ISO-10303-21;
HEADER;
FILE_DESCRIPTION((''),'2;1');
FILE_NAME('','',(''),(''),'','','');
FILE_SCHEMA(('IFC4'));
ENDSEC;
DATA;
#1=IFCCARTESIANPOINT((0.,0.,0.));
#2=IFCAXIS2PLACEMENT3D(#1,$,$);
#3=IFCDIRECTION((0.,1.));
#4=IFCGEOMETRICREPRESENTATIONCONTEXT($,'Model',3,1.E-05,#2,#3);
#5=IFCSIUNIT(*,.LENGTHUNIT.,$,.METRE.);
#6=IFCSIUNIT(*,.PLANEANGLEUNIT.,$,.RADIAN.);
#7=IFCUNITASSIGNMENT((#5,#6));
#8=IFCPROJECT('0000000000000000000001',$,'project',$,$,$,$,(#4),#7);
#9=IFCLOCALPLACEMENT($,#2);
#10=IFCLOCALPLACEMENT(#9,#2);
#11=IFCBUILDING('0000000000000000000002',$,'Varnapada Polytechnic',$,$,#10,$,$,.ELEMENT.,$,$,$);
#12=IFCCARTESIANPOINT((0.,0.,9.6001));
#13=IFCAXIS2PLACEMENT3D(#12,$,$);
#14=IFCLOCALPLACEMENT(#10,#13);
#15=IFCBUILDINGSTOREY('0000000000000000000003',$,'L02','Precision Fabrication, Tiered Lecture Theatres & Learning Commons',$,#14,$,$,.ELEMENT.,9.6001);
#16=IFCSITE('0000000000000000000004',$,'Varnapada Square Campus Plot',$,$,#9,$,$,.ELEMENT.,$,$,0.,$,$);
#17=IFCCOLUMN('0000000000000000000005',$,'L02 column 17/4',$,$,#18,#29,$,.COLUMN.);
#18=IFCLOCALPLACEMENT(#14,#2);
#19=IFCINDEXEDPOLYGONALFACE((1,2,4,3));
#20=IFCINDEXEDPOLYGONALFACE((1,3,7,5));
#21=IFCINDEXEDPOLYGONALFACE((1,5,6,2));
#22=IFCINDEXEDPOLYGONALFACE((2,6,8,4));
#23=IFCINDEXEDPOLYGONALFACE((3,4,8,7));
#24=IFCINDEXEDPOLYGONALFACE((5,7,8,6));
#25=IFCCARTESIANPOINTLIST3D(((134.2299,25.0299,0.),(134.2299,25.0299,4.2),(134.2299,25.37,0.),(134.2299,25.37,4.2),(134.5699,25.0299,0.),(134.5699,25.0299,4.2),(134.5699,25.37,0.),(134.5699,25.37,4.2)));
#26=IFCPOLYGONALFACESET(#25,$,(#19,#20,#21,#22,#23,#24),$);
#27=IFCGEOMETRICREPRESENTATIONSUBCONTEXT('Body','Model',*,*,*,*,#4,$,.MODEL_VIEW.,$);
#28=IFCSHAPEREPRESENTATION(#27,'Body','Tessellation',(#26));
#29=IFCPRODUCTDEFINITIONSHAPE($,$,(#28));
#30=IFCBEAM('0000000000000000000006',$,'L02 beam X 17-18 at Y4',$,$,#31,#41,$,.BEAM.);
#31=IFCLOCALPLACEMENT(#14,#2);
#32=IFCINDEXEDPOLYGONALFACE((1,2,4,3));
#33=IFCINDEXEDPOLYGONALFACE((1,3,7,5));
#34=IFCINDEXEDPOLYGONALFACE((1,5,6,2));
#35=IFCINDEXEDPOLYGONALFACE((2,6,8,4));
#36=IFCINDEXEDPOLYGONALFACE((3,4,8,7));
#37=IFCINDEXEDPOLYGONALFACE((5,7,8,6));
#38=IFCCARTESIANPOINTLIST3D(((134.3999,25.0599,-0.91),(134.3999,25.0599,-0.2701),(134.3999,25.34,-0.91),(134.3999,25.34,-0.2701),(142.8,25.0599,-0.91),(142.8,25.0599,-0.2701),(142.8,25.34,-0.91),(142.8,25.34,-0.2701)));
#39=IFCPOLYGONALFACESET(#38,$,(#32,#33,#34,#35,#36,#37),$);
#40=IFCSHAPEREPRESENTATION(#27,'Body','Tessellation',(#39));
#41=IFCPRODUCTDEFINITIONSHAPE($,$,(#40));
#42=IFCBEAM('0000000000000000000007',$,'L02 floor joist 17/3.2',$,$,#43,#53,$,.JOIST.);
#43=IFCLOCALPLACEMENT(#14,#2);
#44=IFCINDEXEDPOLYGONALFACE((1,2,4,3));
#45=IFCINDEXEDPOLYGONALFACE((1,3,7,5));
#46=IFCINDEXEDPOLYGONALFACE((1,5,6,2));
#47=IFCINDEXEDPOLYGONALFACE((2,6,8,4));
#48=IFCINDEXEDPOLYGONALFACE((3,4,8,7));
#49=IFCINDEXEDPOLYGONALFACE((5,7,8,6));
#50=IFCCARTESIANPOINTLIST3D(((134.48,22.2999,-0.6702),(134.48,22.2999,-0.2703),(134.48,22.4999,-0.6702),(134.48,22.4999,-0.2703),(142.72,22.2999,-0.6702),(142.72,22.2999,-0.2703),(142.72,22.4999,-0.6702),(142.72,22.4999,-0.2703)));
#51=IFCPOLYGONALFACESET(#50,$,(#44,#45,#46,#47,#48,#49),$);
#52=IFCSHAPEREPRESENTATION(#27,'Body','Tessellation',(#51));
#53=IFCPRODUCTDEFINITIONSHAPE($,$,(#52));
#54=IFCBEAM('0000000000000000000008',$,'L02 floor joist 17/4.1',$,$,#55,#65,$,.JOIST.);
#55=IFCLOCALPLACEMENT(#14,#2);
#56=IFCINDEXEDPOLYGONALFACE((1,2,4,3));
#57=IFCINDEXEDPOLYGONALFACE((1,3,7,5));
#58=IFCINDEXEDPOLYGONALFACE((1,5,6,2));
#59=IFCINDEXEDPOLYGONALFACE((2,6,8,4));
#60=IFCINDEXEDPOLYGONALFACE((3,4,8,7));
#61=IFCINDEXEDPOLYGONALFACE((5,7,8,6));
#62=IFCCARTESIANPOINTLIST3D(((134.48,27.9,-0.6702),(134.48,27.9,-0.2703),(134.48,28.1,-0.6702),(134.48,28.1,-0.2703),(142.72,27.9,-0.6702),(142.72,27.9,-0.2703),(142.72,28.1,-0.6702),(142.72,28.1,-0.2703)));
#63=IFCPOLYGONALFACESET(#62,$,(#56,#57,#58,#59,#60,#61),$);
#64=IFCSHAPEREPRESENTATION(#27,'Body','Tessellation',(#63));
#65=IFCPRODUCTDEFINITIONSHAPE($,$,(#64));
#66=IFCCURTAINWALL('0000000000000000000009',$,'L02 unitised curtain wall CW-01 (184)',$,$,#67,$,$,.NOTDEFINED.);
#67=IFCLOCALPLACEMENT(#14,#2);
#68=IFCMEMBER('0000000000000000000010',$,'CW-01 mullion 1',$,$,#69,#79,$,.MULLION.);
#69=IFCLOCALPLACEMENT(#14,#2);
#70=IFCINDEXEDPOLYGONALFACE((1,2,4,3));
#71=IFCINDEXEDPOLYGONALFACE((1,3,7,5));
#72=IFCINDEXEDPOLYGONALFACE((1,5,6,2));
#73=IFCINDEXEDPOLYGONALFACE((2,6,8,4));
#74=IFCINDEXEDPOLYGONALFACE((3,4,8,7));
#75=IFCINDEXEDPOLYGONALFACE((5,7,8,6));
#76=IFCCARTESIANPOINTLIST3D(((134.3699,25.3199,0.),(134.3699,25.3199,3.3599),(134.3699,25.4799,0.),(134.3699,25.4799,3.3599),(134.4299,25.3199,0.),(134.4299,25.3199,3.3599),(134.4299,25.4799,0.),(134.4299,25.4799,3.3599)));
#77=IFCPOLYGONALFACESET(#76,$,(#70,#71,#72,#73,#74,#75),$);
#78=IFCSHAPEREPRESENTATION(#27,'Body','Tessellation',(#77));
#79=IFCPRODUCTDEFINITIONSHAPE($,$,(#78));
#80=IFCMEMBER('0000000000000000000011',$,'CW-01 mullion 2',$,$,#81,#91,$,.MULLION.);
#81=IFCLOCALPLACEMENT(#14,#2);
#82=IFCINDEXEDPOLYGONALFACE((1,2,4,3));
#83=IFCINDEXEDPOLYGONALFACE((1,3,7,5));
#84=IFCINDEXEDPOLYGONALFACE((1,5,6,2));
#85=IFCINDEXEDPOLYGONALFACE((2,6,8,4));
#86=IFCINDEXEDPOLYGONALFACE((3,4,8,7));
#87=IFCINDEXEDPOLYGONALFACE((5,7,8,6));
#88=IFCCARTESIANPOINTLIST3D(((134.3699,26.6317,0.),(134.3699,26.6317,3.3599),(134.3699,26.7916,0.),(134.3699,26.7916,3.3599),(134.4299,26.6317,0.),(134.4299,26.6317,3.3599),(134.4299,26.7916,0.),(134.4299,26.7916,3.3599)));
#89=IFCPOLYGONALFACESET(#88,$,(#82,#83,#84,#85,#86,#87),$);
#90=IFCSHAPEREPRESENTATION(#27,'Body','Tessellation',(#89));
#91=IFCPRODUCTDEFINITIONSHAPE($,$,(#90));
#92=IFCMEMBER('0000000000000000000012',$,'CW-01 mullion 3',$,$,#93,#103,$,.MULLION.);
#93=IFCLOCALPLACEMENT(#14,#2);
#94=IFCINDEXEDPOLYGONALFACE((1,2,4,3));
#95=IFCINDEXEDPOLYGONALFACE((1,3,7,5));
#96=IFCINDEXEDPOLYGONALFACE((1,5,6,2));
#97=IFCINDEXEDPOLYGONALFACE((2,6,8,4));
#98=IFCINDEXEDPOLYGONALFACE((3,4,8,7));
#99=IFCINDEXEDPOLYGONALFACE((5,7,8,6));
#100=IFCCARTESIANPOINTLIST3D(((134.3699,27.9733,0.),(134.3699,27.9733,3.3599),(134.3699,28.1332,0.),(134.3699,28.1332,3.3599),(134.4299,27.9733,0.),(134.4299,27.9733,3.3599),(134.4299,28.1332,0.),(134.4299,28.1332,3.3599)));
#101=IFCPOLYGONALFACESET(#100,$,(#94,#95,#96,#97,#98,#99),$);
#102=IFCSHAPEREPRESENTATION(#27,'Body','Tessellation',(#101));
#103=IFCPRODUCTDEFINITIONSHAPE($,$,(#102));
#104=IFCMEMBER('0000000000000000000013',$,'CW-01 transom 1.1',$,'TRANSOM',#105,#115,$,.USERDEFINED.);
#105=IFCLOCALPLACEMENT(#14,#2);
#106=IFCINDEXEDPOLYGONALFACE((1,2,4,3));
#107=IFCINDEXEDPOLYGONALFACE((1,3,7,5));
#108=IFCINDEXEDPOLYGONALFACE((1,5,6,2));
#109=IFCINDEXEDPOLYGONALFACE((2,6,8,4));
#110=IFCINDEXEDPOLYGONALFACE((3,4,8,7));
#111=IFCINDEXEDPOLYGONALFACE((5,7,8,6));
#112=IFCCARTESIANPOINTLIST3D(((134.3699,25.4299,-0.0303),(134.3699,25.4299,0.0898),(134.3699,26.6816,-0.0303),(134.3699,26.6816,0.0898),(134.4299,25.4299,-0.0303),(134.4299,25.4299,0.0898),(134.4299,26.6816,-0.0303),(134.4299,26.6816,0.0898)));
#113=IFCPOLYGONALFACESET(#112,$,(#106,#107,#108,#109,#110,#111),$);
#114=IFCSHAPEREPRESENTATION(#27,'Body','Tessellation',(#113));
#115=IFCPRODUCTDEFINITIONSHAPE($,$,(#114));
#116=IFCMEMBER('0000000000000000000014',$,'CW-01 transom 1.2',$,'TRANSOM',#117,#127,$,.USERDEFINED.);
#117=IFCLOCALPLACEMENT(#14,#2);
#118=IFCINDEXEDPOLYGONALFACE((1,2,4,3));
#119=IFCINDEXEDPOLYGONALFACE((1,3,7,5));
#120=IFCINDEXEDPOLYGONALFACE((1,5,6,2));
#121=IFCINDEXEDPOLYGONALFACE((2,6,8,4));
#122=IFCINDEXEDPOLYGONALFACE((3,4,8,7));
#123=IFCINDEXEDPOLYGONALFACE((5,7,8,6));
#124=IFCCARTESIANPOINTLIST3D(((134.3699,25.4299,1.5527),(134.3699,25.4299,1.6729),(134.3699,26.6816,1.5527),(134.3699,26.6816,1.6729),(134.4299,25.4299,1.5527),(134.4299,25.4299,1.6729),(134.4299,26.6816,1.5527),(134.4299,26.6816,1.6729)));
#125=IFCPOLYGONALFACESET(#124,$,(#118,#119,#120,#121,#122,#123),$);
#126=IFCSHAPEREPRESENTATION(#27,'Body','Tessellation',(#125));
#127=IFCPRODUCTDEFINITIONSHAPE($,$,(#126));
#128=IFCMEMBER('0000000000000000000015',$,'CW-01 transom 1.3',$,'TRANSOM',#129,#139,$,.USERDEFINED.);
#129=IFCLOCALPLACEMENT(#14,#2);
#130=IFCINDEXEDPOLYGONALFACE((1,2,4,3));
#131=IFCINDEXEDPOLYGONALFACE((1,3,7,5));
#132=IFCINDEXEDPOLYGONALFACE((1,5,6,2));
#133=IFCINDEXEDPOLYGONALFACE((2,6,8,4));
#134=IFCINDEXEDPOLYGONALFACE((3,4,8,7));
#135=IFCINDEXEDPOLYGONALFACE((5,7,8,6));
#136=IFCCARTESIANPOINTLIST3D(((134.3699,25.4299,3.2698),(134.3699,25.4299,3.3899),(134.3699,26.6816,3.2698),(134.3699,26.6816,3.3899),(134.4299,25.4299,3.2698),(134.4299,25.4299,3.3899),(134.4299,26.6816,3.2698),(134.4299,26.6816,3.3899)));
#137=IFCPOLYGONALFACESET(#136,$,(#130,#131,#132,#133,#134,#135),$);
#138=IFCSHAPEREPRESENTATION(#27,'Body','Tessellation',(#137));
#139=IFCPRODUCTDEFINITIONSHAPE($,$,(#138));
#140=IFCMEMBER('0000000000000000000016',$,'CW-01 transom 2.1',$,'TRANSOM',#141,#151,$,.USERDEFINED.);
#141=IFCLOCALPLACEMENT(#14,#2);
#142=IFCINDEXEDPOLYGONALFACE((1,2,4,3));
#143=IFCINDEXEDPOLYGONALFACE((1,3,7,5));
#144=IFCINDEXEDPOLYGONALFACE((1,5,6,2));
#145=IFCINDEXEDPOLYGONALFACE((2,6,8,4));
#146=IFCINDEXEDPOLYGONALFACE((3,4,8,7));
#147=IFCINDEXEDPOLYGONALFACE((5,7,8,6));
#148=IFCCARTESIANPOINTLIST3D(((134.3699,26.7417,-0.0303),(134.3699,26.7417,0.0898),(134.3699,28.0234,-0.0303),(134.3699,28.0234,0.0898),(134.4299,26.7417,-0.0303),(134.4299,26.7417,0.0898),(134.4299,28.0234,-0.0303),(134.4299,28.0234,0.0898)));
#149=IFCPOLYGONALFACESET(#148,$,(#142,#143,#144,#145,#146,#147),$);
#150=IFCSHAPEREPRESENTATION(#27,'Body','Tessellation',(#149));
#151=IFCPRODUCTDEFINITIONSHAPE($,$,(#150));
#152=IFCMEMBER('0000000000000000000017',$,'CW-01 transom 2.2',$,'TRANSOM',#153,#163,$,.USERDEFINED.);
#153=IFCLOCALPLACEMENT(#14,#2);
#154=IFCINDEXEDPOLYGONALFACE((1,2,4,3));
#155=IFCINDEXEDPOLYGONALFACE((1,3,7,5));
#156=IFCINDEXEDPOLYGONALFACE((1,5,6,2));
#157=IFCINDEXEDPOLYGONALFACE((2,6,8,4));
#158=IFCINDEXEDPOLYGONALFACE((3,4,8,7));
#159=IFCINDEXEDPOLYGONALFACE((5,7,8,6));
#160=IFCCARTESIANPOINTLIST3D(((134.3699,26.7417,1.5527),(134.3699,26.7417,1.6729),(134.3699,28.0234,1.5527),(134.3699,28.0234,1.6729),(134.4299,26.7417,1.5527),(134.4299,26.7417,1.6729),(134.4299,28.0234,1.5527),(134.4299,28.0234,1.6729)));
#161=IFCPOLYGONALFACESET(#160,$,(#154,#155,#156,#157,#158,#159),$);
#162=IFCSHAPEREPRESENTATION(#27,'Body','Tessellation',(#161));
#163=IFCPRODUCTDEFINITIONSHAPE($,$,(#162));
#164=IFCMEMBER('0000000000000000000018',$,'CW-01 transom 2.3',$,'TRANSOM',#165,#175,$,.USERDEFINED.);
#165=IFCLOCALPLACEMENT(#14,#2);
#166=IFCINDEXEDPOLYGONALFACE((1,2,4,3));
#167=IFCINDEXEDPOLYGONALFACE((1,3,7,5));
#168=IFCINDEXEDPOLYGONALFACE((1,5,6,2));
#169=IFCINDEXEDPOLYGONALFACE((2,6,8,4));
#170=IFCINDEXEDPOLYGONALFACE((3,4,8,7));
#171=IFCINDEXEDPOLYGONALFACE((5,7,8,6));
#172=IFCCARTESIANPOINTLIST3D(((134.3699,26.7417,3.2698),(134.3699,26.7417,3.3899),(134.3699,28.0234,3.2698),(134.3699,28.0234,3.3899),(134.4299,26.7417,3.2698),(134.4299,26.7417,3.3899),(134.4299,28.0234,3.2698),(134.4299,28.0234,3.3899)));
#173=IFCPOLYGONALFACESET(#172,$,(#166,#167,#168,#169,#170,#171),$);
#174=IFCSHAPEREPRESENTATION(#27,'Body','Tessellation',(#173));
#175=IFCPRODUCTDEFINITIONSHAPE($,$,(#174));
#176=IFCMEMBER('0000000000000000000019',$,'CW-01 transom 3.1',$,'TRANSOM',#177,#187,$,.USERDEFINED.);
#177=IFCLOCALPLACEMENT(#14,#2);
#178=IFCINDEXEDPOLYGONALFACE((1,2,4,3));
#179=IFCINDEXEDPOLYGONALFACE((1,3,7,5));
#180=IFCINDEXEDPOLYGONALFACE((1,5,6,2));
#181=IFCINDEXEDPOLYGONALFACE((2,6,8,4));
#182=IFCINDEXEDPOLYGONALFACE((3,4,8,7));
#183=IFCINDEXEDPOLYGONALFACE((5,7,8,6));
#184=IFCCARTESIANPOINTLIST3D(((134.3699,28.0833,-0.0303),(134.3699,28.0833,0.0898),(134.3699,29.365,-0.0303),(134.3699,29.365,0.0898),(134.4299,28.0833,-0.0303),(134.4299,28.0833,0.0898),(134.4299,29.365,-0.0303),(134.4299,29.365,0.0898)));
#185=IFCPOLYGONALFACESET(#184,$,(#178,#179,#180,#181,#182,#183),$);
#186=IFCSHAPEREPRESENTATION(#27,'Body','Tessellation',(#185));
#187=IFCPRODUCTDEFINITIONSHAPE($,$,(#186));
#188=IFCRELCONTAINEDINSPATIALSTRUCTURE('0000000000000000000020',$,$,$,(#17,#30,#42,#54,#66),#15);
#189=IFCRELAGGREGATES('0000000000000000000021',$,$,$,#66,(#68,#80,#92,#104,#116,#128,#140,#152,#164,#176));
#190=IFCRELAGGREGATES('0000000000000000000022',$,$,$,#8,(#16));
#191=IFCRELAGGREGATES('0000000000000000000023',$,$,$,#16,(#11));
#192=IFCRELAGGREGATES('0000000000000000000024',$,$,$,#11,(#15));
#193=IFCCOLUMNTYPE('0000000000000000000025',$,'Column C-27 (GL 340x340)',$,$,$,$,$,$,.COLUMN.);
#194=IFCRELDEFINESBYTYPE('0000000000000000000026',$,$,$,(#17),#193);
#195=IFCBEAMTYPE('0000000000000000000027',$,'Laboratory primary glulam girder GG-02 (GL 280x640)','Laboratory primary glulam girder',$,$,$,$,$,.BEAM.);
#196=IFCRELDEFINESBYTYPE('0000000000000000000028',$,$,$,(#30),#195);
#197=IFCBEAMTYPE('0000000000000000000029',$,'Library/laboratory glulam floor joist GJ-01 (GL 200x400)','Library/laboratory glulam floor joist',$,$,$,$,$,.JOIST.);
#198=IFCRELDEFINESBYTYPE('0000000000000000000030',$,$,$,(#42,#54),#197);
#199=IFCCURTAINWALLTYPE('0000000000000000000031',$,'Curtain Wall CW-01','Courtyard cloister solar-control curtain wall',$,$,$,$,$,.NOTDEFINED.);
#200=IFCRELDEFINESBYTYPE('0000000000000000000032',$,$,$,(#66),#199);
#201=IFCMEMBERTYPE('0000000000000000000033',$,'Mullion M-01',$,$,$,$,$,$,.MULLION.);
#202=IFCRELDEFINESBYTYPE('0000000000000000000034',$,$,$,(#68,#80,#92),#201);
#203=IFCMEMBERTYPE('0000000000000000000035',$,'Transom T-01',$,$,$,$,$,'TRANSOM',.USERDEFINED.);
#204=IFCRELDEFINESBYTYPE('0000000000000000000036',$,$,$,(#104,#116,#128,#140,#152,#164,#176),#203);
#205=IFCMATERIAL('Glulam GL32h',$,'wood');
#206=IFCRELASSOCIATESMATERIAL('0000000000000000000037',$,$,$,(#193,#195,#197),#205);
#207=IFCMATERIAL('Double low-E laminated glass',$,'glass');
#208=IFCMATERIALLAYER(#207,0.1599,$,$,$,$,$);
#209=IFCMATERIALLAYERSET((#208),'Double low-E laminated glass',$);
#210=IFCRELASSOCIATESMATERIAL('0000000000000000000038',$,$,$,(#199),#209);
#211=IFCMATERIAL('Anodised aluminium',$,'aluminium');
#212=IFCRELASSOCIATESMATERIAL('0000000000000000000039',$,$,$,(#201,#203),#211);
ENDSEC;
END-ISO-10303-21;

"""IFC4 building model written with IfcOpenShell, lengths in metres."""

from ifc_helpers import new_model, si_unit, direction, frame, origin, origin_2d, place, context, subcontext, project, spatial, rectangle, extrude, material, layer, layer_set, material_profile, profile_set, type_object, element, aggregate, save


model = new_model("IFC4")

# Units and contexts
model_context = context("Model", 3, precision=1e-05, world=origin(), true_north=direction((0.0, 1.0)))
body_context = subcontext(model_context, "Body", "Model", "MODEL_VIEW")
ifc_project = project(units=[si_unit("LENGTHUNIT", "METRE"), si_unit("PLANEANGLEUNIT", "RADIAN")], contexts=[model_context])

# Site, building, storey
site_placement = place(None, origin())
site = spatial("IfcSite", under=ifc_project, at=site_placement, Name="Varnapada Square Campus Plot", CompositionType="ELEMENT", RefElevation=0.0)
building_placement = place(site_placement, origin())
building = spatial("IfcBuilding", under=site, at=building_placement, Name="Varnapada Polytechnic", CompositionType="ELEMENT")
storey_placement = place(building_placement, frame((0.0, 0.0, 9.6001)))
storey = spatial("IfcBuildingStorey", under=building, at=storey_placement, Name="L02", Description="Precision Fabrication, Tiered Lecture Theatres & Learning Commons", CompositionType="ELEMENT", Elevation=9.6001)

# Column
ifc_material_1 = material(Name="Glulam GL32h", Category="wood")
ifc_material_profile_1 = material_profile(ifc_material_1, rectangle(XDim=0.3401, YDim=0.3401, at=origin_2d()), Name="GL 340x340")
ifc_profile_set_1 = profile_set([ifc_material_profile_1], Name="Glulam GL32h")
column_type = type_object("IfcColumnType", Name="Column C-27 (GL 340x340)", PredefinedType="COLUMN", material=ifc_profile_set_1)
column_placement = place(storey_placement, frame((134.3999, 25.2, 0.0), z_axis=(0.0, 0.0, 1.0), x_axis=(1.0, 0.0, 0.0)))
element("IfcColumn", 1, at=column_placement, inside=storey, type_object=column_type, Name="L02 column 17/4", PredefinedType="COLUMN", context=body_context, shape_type="SweptSolid", body=[
    extrude(rectangle(XDim=0.3401, YDim=0.3401, at=origin_2d()), origin(), (0.0, 0.0, 1.0), 4.2),
])

# Beams
ifc_material_profile_2 = material_profile(ifc_material_1, rectangle(XDim=0.28, YDim=0.6399, at=origin_2d()), Name="GL 280x640")
ifc_profile_set_2 = profile_set([ifc_material_profile_2], Name="Glulam GL32h")
beam_type_1 = type_object("IfcBeamType", Name="Laboratory primary glulam girder GG-02 (GL 280x640)", Description="Laboratory primary glulam girder", PredefinedType="BEAM", material=ifc_profile_set_2)
beam_1_placement = place(storey_placement, frame((134.3999, 25.2, -0.5901), z_axis=(1.0, 0.0, 0.0), x_axis=(0.0, 1.0, 0.0)))
element("IfcBeam", 2, at=beam_1_placement, inside=storey, type_object=beam_type_1, Name="L02 beam X 17-18 at Y4", PredefinedType="BEAM", context=body_context, shape_type="SweptSolid", body=[
    extrude(rectangle(XDim=0.28, YDim=0.6399, at=origin_2d()), origin(), (0.0, 0.0, 1.0), 8.4001),
])
ifc_material_profile_3 = material_profile(ifc_material_1, rectangle(XDim=0.2, YDim=0.3999, at=origin_2d()), Name="GL 200x400")
ifc_profile_set_3 = profile_set([ifc_material_profile_3], Name="Glulam GL32h")
beam_type_2 = type_object("IfcBeamType", Name="Library/laboratory glulam floor joist GJ-01 (GL 200x400)", Description="Library/laboratory glulam floor joist", PredefinedType="JOIST", material=ifc_profile_set_3)
for number, where, z_axis, x_axis, name in (
    (3, (134.48, 22.3999, -0.4702), (1.0, 0.0, 0.0), (0.0, 1.0, 0.0), "L02 floor joist 17/3.2"),
    (4, (134.48, 28.0, -0.4702), (1.0, 0.0, 0.0), (0.0, 1.0, 0.0), "L02 floor joist 17/4.1"),
):
    element("IfcBeam", number, at=place(storey_placement, frame(where, z_axis=z_axis, x_axis=x_axis)), inside=storey, type_object=beam_type_2, Name=name, PredefinedType="JOIST", context=body_context, shape_type="SweptSolid", body=[
        extrude(rectangle(XDim=0.2, YDim=0.3999, at=origin_2d()), origin(), (0.0, 0.0, 1.0), 8.24),
    ])

# Curtain wall, members
ifc_material_2 = material(Name="Double low-E laminated glass", Category="glass")
ifc_layer_1 = layer(ifc_material_2, 0.1599)
ifc_layer_set_1 = layer_set([ifc_layer_1], Name="Double low-E laminated glass")
curtain_wall_type = type_object("IfcCurtainWallType", Name="Curtain Wall CW-01", Description="Courtyard cloister solar-control curtain wall", PredefinedType="NOTDEFINED", material=ifc_layer_set_1)
curtain_wall_placement = place(storey_placement, origin())
curtain_wall = element("IfcCurtainWall", 5, at=curtain_wall_placement, inside=storey, type_object=curtain_wall_type, Name="L02 unitised curtain wall CW-01 (184)", PredefinedType="NOTDEFINED")
ifc_material_3 = material(Name="Anodised aluminium", Category="aluminium")
ifc_material_profile_4 = material_profile(ifc_material_3, rectangle(XDim=0.0601, YDim=0.1599, at=origin_2d()), Name="ALU M60x160")
ifc_profile_set_4 = profile_set([ifc_material_profile_4], Name="Anodised aluminium")
member_type_1 = type_object("IfcMemberType", Name="Mullion M-01", PredefinedType="MULLION", material=ifc_profile_set_4)
member_1_placement = place(storey_placement, frame((134.3999, 25.3999, 0.0), z_axis=(0.0, 0.0, 1.0), x_axis=(-1.0, 0.0, 0.0)))
member_1 = element("IfcMember", 6, at=member_1_placement, type_object=member_type_1, Name="CW-01 mullion 1", PredefinedType="MULLION", context=body_context, shape_type="SweptSolid", body=[
    extrude(rectangle(XDim=0.0601, YDim=0.1599, at=origin_2d()), origin(), (0.0, 0.0, 1.0), 3.3599),
])
member_2_placement = place(storey_placement, frame((134.3999, 26.7117, 0.0), z_axis=(0.0, 0.0, 1.0), x_axis=(-1.0, 0.0, 0.0)))
member_2 = element("IfcMember", 7, at=member_2_placement, type_object=member_type_1, Name="CW-01 mullion 2", PredefinedType="MULLION", context=body_context, shape_type="SweptSolid", body=[
    extrude(rectangle(XDim=0.0601, YDim=0.1599, at=origin_2d()), origin(), (0.0, 0.0, 1.0), 3.3599),
])
member_3_placement = place(storey_placement, frame((134.3999, 28.0532, 0.0), z_axis=(0.0, 0.0, 1.0), x_axis=(-1.0, 0.0, 0.0)))
member_3 = element("IfcMember", 8, at=member_3_placement, type_object=member_type_1, Name="CW-01 mullion 3", PredefinedType="MULLION", context=body_context, shape_type="SweptSolid", body=[
    extrude(rectangle(XDim=0.0601, YDim=0.1599, at=origin_2d()), origin(), (0.0, 0.0, 1.0), 3.3599),
])
ifc_material_profile_5 = material_profile(ifc_material_3, rectangle(XDim=0.0601, YDim=0.1201, at=origin_2d()), Name="ALU T60x120")
ifc_profile_set_5 = profile_set([ifc_material_profile_5], Name="Anodised aluminium")
member_type_2 = type_object("IfcMemberType", Name="Transom T-01", ElementType="TRANSOM", PredefinedType="USERDEFINED", material=ifc_profile_set_5)
member_4_placement = place(storey_placement, frame((134.3999, 25.4299, 0.0298), z_axis=(0.0, 1.0, 0.0), x_axis=(-1.0, 0.0, 0.0)))
member_4 = element("IfcMember", 9, at=member_4_placement, type_object=member_type_2, Name="CW-01 transom 1.1", ObjectType="TRANSOM", PredefinedType="USERDEFINED", context=body_context, shape_type="SweptSolid", body=[
    extrude(rectangle(XDim=0.0601, YDim=0.1201, at=origin_2d()), origin(), (0.0, 0.0, 1.0), 1.2517),
])
member_5_placement = place(storey_placement, frame((134.3999, 25.4299, 1.6128), z_axis=(0.0, 1.0, 0.0), x_axis=(-1.0, 0.0, 0.0)))
member_5 = element("IfcMember", 10, at=member_5_placement, type_object=member_type_2, Name="CW-01 transom 1.2", ObjectType="TRANSOM", PredefinedType="USERDEFINED", context=body_context, shape_type="SweptSolid", body=[
    extrude(rectangle(XDim=0.0601, YDim=0.1201, at=origin_2d()), origin(), (0.0, 0.0, 1.0), 1.2517),
])
member_6_placement = place(storey_placement, frame((134.3999, 25.4299, 3.3298), z_axis=(0.0, 1.0, 0.0), x_axis=(-1.0, 0.0, 0.0)))
member_6 = element("IfcMember", 11, at=member_6_placement, type_object=member_type_2, Name="CW-01 transom 1.3", ObjectType="TRANSOM", PredefinedType="USERDEFINED", context=body_context, shape_type="SweptSolid", body=[
    extrude(rectangle(XDim=0.0601, YDim=0.1201, at=origin_2d()), origin(), (0.0, 0.0, 1.0), 1.2517),
])
member_7_placement = place(storey_placement, frame((134.3999, 26.7417, 0.0298), z_axis=(0.0, 1.0, 0.0), x_axis=(-1.0, 0.0, 0.0)))
member_7 = element("IfcMember", 12, at=member_7_placement, type_object=member_type_2, Name="CW-01 transom 2.1", ObjectType="TRANSOM", PredefinedType="USERDEFINED", context=body_context, shape_type="SweptSolid", body=[
    extrude(rectangle(XDim=0.0601, YDim=0.1201, at=origin_2d()), origin(), (0.0, 0.0, 1.0), 1.2817),
])
member_8_placement = place(storey_placement, frame((134.3999, 26.7417, 1.6128), z_axis=(0.0, 1.0, 0.0), x_axis=(-1.0, 0.0, 0.0)))
member_8 = element("IfcMember", 13, at=member_8_placement, type_object=member_type_2, Name="CW-01 transom 2.2", ObjectType="TRANSOM", PredefinedType="USERDEFINED", context=body_context, shape_type="SweptSolid", body=[
    extrude(rectangle(XDim=0.0601, YDim=0.1201, at=origin_2d()), origin(), (0.0, 0.0, 1.0), 1.2817),
])
member_9_placement = place(storey_placement, frame((134.3999, 26.7417, 3.3298), z_axis=(0.0, 1.0, 0.0), x_axis=(-1.0, 0.0, 0.0)))
member_9 = element("IfcMember", 14, at=member_9_placement, type_object=member_type_2, Name="CW-01 transom 2.3", ObjectType="TRANSOM", PredefinedType="USERDEFINED", context=body_context, shape_type="SweptSolid", body=[
    extrude(rectangle(XDim=0.0601, YDim=0.1201, at=origin_2d()), origin(), (0.0, 0.0, 1.0), 1.2817),
])
member_10_placement = place(storey_placement, frame((134.3999, 28.0833, 0.0298), z_axis=(0.0, 1.0, 0.0), x_axis=(-1.0, 0.0, 0.0)))
member_10 = element("IfcMember", 15, at=member_10_placement, type_object=member_type_2, Name="CW-01 transom 3.1", ObjectType="TRANSOM", PredefinedType="USERDEFINED", context=body_context, shape_type="SweptSolid", body=[
    extrude(rectangle(XDim=0.0601, YDim=0.1201, at=origin_2d()), origin(), (0.0, 0.0, 1.0), 1.2817),
])

aggregate(curtain_wall, [member_1, member_2, member_3, member_4, member_5, member_6, member_7, member_8, member_9, member_10])

save(model, "model.ifc")
